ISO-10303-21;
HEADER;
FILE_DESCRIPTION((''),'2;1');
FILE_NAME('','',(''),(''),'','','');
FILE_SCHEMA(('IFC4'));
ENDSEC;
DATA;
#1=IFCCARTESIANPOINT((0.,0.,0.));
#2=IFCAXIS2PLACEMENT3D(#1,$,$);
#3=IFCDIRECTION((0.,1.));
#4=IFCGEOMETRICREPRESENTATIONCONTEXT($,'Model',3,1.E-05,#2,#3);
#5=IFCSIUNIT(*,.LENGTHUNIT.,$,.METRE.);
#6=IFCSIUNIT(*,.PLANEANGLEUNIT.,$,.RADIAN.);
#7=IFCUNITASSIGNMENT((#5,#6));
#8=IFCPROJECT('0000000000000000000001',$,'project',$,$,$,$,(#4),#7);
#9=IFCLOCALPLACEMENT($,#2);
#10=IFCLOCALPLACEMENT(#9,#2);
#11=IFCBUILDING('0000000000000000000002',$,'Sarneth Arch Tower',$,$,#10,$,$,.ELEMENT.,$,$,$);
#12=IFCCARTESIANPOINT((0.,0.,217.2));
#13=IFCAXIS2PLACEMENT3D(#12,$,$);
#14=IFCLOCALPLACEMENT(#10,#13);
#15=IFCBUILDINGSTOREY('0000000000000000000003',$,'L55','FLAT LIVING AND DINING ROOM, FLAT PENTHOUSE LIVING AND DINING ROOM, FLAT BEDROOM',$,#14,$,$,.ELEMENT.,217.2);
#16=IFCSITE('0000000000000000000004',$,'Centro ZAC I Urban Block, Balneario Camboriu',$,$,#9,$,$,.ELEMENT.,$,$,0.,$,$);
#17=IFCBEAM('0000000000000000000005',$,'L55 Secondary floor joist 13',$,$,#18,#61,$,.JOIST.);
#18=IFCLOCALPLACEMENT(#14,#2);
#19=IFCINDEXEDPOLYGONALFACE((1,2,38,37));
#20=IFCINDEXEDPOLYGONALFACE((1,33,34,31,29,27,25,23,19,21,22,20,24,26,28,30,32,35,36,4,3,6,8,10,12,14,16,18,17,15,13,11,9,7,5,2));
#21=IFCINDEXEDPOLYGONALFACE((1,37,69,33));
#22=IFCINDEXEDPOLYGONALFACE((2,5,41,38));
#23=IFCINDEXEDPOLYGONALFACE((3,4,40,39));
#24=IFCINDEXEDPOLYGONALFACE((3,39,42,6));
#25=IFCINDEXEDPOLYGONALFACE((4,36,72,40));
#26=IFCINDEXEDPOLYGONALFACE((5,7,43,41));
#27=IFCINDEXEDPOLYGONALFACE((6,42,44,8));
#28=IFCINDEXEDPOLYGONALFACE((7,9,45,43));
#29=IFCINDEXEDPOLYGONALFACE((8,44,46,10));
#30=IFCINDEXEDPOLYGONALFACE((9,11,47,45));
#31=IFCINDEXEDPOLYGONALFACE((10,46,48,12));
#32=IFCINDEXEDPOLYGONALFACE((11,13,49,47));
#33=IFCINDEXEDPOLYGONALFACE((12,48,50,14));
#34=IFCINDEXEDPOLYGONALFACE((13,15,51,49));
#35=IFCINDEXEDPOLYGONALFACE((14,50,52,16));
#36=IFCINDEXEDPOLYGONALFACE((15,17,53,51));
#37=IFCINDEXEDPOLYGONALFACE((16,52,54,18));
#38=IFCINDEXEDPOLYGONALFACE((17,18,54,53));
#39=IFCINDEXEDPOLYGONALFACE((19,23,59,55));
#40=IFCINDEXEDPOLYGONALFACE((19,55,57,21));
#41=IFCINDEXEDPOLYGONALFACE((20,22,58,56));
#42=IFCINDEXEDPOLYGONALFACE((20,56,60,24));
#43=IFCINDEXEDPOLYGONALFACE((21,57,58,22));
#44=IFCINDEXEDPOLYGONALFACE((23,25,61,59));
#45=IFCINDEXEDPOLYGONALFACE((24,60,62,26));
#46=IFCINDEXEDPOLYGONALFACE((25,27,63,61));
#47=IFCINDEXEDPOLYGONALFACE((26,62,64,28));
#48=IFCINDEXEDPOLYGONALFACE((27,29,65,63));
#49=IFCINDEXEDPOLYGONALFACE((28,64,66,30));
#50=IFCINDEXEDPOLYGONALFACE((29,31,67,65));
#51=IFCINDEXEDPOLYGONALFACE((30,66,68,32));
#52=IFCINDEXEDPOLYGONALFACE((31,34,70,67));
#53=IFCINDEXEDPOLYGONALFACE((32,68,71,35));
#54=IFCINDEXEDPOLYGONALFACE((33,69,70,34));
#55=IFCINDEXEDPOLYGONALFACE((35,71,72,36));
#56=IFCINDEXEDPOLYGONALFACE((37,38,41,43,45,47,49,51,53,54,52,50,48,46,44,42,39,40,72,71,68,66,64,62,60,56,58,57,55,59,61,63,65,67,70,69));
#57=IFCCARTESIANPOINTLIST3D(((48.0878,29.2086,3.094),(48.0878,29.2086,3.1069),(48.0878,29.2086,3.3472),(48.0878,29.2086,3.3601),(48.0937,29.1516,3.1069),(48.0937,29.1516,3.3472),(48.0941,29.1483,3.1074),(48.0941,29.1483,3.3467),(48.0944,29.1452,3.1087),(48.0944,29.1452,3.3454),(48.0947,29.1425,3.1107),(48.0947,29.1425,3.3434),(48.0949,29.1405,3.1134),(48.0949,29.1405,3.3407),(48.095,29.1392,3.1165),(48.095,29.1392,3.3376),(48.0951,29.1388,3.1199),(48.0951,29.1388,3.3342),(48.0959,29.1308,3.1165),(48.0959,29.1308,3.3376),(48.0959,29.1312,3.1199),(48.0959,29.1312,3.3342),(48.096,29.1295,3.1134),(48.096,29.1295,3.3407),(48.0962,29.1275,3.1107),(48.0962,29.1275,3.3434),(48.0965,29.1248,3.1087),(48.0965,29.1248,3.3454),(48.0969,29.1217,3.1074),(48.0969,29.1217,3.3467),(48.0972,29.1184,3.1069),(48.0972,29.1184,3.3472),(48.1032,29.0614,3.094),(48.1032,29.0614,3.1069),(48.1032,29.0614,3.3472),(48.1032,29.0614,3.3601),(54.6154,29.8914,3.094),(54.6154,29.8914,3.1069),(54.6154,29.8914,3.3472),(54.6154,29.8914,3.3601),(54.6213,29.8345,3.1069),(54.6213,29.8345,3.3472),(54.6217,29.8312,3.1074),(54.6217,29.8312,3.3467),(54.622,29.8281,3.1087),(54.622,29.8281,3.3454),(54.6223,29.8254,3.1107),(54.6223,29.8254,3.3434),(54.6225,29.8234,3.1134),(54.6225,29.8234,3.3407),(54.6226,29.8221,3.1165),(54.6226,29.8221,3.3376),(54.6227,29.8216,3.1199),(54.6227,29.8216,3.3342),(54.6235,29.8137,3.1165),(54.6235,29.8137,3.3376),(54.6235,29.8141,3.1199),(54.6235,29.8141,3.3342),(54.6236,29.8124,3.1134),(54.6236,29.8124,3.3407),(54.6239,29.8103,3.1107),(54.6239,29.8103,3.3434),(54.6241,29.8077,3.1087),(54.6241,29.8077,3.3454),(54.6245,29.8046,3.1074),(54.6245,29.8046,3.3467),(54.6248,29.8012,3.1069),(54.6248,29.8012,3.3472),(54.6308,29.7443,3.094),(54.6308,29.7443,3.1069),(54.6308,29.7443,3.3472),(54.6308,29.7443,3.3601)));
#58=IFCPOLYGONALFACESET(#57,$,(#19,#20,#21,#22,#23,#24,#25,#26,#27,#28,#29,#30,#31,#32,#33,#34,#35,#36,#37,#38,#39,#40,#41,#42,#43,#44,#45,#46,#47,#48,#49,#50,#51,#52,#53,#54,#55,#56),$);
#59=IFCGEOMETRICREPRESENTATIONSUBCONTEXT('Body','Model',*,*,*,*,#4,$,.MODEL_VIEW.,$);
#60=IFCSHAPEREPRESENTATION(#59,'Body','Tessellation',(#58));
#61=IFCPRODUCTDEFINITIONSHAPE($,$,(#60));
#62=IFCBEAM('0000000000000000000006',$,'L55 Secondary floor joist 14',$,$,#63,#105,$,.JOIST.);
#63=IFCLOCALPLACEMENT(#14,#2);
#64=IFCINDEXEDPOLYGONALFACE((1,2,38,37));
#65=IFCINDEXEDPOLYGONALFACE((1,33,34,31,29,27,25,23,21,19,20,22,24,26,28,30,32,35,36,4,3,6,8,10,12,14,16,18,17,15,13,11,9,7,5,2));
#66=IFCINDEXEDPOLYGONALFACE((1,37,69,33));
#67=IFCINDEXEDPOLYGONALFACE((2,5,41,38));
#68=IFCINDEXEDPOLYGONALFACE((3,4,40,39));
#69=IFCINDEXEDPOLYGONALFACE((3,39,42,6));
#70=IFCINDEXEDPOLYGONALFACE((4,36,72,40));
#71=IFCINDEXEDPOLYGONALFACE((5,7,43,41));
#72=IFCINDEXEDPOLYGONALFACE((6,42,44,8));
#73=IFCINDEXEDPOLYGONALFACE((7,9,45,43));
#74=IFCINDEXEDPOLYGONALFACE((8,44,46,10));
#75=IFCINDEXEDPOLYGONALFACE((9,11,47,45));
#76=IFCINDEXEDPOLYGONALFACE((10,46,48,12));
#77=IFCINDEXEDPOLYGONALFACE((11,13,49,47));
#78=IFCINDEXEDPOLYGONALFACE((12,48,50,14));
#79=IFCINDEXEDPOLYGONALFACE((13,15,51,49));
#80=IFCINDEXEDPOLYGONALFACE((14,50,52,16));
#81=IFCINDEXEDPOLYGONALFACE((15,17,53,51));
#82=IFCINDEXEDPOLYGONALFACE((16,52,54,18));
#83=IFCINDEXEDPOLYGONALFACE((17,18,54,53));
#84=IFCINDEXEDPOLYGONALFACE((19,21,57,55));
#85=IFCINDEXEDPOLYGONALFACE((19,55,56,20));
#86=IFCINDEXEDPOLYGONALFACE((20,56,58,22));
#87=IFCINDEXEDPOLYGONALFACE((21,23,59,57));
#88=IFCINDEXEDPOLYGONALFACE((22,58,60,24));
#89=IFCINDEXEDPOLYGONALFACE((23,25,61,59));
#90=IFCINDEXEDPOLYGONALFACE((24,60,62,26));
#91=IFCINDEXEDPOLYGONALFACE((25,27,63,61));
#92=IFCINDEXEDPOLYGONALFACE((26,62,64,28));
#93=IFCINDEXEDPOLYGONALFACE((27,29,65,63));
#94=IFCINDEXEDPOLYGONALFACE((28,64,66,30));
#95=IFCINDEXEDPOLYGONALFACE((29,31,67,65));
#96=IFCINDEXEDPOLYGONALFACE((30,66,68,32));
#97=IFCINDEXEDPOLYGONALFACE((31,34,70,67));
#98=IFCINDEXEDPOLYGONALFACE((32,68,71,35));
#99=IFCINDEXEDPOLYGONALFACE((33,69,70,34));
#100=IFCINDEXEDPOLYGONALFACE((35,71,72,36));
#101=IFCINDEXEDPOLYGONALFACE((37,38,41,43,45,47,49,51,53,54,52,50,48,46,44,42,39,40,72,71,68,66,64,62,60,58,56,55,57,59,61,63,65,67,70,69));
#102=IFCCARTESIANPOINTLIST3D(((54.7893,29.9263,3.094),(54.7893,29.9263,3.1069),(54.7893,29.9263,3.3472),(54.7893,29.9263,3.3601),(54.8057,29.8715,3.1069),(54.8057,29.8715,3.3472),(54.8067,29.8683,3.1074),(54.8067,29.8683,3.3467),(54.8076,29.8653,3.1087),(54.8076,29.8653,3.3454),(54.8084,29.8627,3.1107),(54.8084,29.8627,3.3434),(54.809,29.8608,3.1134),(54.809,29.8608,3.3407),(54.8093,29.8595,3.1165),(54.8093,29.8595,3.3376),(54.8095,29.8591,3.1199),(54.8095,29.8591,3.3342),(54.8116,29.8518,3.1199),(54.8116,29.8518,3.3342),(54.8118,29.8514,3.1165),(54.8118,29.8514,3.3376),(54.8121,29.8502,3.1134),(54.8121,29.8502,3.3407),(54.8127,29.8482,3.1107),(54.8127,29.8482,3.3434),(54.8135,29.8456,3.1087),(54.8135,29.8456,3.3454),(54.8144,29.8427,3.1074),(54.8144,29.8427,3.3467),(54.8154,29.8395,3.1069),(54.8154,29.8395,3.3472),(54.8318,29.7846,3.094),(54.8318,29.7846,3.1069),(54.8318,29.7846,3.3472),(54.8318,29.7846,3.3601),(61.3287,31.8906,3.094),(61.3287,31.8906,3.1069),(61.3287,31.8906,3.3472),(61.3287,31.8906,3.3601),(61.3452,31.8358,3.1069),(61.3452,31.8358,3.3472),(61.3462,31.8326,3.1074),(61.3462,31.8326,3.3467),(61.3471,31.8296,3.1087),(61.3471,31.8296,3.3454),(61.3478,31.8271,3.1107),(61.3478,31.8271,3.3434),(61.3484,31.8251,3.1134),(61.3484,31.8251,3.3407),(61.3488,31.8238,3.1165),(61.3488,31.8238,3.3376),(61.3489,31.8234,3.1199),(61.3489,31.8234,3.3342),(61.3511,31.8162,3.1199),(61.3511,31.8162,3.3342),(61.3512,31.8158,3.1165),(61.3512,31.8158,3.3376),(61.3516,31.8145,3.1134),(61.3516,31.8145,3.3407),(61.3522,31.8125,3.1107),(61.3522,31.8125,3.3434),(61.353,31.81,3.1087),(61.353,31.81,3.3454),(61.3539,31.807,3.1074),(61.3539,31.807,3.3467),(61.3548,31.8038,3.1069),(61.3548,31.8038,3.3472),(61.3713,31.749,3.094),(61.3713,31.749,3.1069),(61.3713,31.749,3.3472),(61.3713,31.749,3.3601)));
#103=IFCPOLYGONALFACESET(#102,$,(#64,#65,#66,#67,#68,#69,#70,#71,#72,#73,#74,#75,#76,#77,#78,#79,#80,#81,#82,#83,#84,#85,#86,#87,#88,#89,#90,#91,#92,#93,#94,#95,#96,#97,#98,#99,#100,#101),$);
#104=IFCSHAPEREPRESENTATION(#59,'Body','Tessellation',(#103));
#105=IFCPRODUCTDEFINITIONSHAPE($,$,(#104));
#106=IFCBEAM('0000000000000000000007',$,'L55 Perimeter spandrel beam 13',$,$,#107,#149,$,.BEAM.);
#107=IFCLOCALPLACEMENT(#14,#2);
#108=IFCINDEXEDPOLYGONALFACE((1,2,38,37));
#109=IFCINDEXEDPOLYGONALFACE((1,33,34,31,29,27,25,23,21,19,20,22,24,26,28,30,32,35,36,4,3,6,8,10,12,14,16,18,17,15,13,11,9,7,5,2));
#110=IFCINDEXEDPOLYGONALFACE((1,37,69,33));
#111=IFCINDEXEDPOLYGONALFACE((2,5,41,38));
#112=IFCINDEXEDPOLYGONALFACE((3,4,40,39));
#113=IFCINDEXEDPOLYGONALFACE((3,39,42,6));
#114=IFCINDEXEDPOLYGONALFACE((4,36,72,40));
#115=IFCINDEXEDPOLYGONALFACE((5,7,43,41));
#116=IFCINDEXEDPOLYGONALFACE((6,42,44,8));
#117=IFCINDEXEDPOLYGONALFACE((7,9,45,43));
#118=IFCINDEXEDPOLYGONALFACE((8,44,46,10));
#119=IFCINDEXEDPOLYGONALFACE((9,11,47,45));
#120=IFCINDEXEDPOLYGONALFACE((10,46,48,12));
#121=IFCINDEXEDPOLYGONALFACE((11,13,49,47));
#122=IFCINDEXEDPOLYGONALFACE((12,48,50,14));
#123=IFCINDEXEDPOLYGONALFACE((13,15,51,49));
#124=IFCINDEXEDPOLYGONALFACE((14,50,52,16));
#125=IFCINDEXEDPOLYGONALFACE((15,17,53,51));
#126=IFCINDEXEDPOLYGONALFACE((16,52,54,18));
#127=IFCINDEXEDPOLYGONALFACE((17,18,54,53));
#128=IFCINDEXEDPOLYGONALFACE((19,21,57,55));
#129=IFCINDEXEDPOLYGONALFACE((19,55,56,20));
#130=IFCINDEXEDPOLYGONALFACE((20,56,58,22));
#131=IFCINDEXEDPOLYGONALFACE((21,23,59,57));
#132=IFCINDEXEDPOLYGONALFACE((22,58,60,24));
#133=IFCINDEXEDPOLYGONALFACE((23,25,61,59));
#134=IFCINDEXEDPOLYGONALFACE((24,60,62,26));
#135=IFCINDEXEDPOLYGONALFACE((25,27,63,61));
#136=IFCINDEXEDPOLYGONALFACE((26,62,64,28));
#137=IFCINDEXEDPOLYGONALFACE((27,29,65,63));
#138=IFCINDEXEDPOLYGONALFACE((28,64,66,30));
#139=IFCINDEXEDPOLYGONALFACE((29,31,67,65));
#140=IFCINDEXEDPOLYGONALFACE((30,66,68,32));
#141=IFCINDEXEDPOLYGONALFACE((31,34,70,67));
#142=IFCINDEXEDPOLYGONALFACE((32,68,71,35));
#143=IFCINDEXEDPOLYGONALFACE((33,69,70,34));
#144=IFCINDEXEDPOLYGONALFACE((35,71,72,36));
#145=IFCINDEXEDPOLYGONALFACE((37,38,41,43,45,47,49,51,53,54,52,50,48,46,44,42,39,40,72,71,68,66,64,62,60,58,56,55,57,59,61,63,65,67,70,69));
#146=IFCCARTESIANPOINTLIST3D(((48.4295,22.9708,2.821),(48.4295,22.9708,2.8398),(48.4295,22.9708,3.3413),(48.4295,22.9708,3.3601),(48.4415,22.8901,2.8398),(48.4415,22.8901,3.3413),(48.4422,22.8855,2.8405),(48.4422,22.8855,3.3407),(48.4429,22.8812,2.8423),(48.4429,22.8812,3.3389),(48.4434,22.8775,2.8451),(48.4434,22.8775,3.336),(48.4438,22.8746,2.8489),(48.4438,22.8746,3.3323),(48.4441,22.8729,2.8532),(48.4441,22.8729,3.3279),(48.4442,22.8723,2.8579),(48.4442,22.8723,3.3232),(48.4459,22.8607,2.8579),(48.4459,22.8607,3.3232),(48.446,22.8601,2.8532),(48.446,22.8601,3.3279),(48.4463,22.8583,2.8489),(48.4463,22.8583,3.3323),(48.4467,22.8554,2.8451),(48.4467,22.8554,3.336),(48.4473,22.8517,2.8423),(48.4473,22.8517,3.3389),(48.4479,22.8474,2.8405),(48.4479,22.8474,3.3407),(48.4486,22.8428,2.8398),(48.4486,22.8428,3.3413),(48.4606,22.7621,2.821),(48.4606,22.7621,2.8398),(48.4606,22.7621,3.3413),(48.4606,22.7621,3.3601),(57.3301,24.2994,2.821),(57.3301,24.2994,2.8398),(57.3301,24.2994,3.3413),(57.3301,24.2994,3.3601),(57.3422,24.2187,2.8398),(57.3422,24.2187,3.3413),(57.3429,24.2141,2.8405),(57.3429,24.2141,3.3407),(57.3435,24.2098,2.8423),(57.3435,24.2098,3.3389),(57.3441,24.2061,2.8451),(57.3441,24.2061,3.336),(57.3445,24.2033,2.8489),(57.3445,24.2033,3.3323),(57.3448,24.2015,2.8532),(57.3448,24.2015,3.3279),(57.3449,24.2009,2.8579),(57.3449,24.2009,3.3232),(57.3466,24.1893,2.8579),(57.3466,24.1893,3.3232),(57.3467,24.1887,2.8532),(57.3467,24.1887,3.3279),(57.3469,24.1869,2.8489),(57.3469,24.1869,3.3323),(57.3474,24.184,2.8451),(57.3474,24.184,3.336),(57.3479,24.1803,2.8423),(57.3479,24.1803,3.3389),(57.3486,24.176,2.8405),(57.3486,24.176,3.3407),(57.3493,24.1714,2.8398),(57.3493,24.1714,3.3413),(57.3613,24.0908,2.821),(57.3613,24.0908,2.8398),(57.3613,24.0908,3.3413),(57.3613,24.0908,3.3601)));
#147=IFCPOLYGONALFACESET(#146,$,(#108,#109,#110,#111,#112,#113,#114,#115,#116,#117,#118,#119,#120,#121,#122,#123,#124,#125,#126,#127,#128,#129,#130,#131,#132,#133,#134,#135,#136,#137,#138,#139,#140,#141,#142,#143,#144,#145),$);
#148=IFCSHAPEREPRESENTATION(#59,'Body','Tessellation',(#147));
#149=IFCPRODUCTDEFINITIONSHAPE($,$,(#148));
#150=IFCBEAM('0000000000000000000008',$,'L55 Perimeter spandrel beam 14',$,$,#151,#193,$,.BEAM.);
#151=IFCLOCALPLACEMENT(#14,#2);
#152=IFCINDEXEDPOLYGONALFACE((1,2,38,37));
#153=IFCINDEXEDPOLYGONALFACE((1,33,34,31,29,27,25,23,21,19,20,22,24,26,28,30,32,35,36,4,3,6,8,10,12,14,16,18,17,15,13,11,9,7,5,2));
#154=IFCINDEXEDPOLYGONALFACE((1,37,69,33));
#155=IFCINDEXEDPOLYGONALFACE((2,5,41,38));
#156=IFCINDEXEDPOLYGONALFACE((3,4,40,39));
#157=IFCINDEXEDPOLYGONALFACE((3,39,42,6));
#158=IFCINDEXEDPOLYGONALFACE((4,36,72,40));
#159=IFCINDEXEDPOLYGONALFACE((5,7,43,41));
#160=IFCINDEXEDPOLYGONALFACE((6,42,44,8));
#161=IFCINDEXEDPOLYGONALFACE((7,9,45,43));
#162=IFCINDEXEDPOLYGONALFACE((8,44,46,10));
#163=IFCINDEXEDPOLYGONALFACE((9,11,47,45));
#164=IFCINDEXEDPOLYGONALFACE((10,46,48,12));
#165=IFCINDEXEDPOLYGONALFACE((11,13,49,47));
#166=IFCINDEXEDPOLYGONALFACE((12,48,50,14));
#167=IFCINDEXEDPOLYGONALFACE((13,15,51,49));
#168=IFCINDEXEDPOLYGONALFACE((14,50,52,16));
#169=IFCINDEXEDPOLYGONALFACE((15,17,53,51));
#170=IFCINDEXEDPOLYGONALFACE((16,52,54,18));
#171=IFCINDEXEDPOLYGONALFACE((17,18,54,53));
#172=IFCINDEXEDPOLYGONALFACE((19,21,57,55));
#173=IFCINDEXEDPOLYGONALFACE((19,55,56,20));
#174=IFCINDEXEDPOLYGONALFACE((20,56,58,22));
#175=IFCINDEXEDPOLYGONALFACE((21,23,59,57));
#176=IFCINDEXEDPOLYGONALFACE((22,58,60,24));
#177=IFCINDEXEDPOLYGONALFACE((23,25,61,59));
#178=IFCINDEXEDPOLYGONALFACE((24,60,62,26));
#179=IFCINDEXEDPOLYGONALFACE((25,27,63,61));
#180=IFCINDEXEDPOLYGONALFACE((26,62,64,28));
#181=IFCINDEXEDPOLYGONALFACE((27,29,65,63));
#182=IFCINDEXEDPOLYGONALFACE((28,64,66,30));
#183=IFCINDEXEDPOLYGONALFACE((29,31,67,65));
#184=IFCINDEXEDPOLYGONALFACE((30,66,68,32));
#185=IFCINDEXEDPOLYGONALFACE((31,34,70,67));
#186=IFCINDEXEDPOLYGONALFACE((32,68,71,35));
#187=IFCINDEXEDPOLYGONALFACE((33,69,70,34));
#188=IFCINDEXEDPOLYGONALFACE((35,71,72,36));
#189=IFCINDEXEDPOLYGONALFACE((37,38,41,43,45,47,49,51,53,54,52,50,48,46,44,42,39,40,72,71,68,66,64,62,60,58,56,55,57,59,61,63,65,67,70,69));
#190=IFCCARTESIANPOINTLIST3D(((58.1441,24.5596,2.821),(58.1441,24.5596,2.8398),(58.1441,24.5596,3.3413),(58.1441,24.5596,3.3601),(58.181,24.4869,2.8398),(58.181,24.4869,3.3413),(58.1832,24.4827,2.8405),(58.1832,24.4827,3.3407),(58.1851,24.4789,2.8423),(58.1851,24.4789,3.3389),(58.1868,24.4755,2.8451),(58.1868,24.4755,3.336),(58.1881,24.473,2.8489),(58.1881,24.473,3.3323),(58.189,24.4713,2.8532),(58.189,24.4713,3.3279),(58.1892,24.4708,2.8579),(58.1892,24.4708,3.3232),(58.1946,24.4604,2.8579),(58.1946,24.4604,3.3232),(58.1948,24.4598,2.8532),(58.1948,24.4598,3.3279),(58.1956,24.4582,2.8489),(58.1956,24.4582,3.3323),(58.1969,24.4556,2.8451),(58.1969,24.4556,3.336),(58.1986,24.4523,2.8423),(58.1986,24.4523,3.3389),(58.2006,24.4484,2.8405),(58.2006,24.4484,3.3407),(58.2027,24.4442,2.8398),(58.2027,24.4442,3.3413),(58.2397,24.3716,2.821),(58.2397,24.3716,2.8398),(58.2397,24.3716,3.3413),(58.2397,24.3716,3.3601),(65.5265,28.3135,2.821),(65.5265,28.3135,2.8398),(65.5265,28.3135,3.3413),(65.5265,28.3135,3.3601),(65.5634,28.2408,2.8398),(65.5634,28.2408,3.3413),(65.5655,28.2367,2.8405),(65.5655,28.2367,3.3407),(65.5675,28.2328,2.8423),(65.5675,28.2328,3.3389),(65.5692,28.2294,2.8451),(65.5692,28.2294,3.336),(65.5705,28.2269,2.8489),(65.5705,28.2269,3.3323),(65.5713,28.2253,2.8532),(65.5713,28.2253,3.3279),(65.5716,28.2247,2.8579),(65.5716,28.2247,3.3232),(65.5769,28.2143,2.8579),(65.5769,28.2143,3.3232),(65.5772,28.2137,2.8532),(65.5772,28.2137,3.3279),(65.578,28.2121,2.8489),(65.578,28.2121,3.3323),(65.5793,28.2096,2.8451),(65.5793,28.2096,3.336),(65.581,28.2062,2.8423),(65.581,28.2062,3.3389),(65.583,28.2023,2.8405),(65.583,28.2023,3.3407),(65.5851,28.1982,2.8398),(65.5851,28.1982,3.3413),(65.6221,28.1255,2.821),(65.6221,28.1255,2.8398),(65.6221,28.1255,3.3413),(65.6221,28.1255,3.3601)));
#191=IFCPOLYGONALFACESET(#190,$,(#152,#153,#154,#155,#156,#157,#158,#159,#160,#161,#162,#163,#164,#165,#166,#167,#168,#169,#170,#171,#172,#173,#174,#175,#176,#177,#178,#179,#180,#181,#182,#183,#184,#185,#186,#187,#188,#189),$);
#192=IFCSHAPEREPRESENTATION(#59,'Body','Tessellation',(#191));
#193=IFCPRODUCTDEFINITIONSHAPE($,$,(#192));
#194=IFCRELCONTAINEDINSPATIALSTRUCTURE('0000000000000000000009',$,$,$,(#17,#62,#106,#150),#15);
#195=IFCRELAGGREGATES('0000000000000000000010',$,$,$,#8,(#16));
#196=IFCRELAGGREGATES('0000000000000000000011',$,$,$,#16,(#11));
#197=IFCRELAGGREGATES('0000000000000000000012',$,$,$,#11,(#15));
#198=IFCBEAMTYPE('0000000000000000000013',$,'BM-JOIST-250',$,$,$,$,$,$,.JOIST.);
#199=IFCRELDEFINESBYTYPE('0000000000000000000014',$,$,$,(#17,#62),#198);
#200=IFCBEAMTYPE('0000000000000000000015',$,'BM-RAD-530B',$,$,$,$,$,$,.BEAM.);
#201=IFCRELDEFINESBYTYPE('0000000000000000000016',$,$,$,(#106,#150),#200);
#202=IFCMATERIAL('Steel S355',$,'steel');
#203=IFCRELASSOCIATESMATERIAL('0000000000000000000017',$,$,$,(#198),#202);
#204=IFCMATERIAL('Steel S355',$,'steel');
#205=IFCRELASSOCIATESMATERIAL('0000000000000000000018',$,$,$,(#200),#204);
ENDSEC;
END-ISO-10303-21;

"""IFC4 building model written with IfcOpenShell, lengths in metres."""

from ifc_helpers import new_model, si_unit, direction, frame, origin, origin_2d, place, context, subcontext, project, spatial, i_section, extrude, material, material_profile, profile_set, type_object, element, save


model = new_model("IFC4")

# Units and contexts
model_context = context("Model", 3, precision=1e-05, world=origin(), true_north=direction((0.0, 1.0)))
body_context = subcontext(model_context, "Body", "Model", "MODEL_VIEW")
ifc_project = project(units=[si_unit("LENGTHUNIT", "METRE"), si_unit("PLANEANGLEUNIT", "RADIAN")], contexts=[model_context])

# Site, building, storey
site_placement = place(None, origin())
site = spatial("IfcSite", under=ifc_project, at=site_placement, Name="Centro ZAC I Urban Block, Balneario Camboriu", CompositionType="ELEMENT", RefElevation=0.0)
building_placement = place(site_placement, origin())
building = spatial("IfcBuilding", under=site, at=building_placement, Name="Sarneth Arch Tower", CompositionType="ELEMENT")
storey_placement = place(building_placement, frame((0.0, 0.0, 217.2)))
storey = spatial("IfcBuildingStorey", under=building, at=storey_placement, Name="L55", Description="FLAT LIVING AND DINING ROOM, FLAT PENTHOUSE LIVING AND DINING ROOM, FLAT BEDROOM", CompositionType="ELEMENT", Elevation=217.2)

# Beams
ifc_material_1 = material(Name="Steel S355", Category="steel")
ifc_material_profile_1 = material_profile(ifc_material_1, i_section(OverallWidth=0.1479, OverallDepth=0.2661, WebThickness=0.0076, FlangeThickness=0.0129, FilletRadius=0.0129, at=origin_2d()), Name="W250x44.8")
ifc_profile_set_1 = profile_set([ifc_material_profile_1], Name="Steel S355")
beam_type_1 = type_object("IfcBeamType", Name="BM-JOIST-250", PredefinedType="JOIST", material=ifc_profile_set_1)
beam_1_placement = place(storey_placement, frame((48.0955, 29.135, 3.2271), z_axis=(0.994573, 0.104044, 0.0), x_axis=(-0.104044, 0.994573, 0.0)))
element("IfcBeam", 1, at=beam_1_placement, inside=storey, type_object=beam_type_1, Name="L55 Secondary floor joist 13", PredefinedType="JOIST", context=body_context, shape_type="SweptSolid", body=[
    extrude(i_section(OverallWidth=0.1479, OverallDepth=0.2661, WebThickness=0.0076, FlangeThickness=0.0129, FilletRadius=0.0129, at=origin_2d()), origin(), (0.0, 0.0, 1.0), 6.5632),
])
beam_2_placement = place(storey_placement, frame((54.8105, 29.8555, 3.2271), z_axis=(0.957726, 0.287682, 0.0), x_axis=(-0.287682, 0.957726, 0.0)))
element("IfcBeam", 2, at=beam_2_placement, inside=storey, type_object=beam_type_1, Name="L55 Secondary floor joist 14", PredefinedType="JOIST", context=body_context, shape_type="SweptSolid", body=[
    extrude(i_section(OverallWidth=0.1479, OverallDepth=0.2661, WebThickness=0.0076, FlangeThickness=0.0129, FilletRadius=0.0129, at=origin_2d()), origin(), (0.0, 0.0, 1.0), 6.8281),
])
ifc_material_2 = material(Name="Steel S355", Category="steel")
ifc_material_profile_2 = material_profile(ifc_material_2, i_section(OverallWidth=0.2109, OverallDepth=0.5391, WebThickness=0.0117, FlangeThickness=0.0188, FilletRadius=0.0181, at=origin_2d()), Name="W530x109")
ifc_profile_set_2 = profile_set([ifc_material_profile_2], Name="Steel S355")
beam_type_2 = type_object("IfcBeamType", Name="BM-RAD-530B", PredefinedType="BEAM", material=ifc_profile_set_2)
beam_3_placement = place(storey_placement, frame((48.4451, 22.8665, 3.0906), z_axis=(0.989042, 0.147636, 0.0), x_axis=(-0.147636, 0.989042, 0.0)))
element("IfcBeam", 3, at=beam_3_placement, inside=storey, type_object=beam_type_2, Name="L55 Perimeter spandrel beam 13", PredefinedType="BEAM", context=body_context, shape_type="SweptSolid", body=[
    extrude(i_section(OverallWidth=0.2109, OverallDepth=0.5391, WebThickness=0.0117, FlangeThickness=0.0188, FilletRadius=0.0181, at=origin_2d()), origin(), (0.0, 0.0, 1.0), 8.9993),
])
beam_4_placement = place(storey_placement, frame((58.1919, 24.4656, 3.0906), z_axis=(0.891376, 0.453264, 0.0), x_axis=(-0.453264, 0.891376, 0.0)))
element("IfcBeam", 4, at=beam_4_placement, inside=storey, type_object=beam_type_2, Name="L55 Perimeter spandrel beam 14", PredefinedType="BEAM", context=body_context, shape_type="SweptSolid", body=[
    extrude(i_section(OverallWidth=0.2109, OverallDepth=0.5391, WebThickness=0.0117, FlangeThickness=0.0188, FilletRadius=0.0181, at=origin_2d()), origin(), (0.0, 0.0, 1.0), 8.282),
])

save(model, "model.ifc")
